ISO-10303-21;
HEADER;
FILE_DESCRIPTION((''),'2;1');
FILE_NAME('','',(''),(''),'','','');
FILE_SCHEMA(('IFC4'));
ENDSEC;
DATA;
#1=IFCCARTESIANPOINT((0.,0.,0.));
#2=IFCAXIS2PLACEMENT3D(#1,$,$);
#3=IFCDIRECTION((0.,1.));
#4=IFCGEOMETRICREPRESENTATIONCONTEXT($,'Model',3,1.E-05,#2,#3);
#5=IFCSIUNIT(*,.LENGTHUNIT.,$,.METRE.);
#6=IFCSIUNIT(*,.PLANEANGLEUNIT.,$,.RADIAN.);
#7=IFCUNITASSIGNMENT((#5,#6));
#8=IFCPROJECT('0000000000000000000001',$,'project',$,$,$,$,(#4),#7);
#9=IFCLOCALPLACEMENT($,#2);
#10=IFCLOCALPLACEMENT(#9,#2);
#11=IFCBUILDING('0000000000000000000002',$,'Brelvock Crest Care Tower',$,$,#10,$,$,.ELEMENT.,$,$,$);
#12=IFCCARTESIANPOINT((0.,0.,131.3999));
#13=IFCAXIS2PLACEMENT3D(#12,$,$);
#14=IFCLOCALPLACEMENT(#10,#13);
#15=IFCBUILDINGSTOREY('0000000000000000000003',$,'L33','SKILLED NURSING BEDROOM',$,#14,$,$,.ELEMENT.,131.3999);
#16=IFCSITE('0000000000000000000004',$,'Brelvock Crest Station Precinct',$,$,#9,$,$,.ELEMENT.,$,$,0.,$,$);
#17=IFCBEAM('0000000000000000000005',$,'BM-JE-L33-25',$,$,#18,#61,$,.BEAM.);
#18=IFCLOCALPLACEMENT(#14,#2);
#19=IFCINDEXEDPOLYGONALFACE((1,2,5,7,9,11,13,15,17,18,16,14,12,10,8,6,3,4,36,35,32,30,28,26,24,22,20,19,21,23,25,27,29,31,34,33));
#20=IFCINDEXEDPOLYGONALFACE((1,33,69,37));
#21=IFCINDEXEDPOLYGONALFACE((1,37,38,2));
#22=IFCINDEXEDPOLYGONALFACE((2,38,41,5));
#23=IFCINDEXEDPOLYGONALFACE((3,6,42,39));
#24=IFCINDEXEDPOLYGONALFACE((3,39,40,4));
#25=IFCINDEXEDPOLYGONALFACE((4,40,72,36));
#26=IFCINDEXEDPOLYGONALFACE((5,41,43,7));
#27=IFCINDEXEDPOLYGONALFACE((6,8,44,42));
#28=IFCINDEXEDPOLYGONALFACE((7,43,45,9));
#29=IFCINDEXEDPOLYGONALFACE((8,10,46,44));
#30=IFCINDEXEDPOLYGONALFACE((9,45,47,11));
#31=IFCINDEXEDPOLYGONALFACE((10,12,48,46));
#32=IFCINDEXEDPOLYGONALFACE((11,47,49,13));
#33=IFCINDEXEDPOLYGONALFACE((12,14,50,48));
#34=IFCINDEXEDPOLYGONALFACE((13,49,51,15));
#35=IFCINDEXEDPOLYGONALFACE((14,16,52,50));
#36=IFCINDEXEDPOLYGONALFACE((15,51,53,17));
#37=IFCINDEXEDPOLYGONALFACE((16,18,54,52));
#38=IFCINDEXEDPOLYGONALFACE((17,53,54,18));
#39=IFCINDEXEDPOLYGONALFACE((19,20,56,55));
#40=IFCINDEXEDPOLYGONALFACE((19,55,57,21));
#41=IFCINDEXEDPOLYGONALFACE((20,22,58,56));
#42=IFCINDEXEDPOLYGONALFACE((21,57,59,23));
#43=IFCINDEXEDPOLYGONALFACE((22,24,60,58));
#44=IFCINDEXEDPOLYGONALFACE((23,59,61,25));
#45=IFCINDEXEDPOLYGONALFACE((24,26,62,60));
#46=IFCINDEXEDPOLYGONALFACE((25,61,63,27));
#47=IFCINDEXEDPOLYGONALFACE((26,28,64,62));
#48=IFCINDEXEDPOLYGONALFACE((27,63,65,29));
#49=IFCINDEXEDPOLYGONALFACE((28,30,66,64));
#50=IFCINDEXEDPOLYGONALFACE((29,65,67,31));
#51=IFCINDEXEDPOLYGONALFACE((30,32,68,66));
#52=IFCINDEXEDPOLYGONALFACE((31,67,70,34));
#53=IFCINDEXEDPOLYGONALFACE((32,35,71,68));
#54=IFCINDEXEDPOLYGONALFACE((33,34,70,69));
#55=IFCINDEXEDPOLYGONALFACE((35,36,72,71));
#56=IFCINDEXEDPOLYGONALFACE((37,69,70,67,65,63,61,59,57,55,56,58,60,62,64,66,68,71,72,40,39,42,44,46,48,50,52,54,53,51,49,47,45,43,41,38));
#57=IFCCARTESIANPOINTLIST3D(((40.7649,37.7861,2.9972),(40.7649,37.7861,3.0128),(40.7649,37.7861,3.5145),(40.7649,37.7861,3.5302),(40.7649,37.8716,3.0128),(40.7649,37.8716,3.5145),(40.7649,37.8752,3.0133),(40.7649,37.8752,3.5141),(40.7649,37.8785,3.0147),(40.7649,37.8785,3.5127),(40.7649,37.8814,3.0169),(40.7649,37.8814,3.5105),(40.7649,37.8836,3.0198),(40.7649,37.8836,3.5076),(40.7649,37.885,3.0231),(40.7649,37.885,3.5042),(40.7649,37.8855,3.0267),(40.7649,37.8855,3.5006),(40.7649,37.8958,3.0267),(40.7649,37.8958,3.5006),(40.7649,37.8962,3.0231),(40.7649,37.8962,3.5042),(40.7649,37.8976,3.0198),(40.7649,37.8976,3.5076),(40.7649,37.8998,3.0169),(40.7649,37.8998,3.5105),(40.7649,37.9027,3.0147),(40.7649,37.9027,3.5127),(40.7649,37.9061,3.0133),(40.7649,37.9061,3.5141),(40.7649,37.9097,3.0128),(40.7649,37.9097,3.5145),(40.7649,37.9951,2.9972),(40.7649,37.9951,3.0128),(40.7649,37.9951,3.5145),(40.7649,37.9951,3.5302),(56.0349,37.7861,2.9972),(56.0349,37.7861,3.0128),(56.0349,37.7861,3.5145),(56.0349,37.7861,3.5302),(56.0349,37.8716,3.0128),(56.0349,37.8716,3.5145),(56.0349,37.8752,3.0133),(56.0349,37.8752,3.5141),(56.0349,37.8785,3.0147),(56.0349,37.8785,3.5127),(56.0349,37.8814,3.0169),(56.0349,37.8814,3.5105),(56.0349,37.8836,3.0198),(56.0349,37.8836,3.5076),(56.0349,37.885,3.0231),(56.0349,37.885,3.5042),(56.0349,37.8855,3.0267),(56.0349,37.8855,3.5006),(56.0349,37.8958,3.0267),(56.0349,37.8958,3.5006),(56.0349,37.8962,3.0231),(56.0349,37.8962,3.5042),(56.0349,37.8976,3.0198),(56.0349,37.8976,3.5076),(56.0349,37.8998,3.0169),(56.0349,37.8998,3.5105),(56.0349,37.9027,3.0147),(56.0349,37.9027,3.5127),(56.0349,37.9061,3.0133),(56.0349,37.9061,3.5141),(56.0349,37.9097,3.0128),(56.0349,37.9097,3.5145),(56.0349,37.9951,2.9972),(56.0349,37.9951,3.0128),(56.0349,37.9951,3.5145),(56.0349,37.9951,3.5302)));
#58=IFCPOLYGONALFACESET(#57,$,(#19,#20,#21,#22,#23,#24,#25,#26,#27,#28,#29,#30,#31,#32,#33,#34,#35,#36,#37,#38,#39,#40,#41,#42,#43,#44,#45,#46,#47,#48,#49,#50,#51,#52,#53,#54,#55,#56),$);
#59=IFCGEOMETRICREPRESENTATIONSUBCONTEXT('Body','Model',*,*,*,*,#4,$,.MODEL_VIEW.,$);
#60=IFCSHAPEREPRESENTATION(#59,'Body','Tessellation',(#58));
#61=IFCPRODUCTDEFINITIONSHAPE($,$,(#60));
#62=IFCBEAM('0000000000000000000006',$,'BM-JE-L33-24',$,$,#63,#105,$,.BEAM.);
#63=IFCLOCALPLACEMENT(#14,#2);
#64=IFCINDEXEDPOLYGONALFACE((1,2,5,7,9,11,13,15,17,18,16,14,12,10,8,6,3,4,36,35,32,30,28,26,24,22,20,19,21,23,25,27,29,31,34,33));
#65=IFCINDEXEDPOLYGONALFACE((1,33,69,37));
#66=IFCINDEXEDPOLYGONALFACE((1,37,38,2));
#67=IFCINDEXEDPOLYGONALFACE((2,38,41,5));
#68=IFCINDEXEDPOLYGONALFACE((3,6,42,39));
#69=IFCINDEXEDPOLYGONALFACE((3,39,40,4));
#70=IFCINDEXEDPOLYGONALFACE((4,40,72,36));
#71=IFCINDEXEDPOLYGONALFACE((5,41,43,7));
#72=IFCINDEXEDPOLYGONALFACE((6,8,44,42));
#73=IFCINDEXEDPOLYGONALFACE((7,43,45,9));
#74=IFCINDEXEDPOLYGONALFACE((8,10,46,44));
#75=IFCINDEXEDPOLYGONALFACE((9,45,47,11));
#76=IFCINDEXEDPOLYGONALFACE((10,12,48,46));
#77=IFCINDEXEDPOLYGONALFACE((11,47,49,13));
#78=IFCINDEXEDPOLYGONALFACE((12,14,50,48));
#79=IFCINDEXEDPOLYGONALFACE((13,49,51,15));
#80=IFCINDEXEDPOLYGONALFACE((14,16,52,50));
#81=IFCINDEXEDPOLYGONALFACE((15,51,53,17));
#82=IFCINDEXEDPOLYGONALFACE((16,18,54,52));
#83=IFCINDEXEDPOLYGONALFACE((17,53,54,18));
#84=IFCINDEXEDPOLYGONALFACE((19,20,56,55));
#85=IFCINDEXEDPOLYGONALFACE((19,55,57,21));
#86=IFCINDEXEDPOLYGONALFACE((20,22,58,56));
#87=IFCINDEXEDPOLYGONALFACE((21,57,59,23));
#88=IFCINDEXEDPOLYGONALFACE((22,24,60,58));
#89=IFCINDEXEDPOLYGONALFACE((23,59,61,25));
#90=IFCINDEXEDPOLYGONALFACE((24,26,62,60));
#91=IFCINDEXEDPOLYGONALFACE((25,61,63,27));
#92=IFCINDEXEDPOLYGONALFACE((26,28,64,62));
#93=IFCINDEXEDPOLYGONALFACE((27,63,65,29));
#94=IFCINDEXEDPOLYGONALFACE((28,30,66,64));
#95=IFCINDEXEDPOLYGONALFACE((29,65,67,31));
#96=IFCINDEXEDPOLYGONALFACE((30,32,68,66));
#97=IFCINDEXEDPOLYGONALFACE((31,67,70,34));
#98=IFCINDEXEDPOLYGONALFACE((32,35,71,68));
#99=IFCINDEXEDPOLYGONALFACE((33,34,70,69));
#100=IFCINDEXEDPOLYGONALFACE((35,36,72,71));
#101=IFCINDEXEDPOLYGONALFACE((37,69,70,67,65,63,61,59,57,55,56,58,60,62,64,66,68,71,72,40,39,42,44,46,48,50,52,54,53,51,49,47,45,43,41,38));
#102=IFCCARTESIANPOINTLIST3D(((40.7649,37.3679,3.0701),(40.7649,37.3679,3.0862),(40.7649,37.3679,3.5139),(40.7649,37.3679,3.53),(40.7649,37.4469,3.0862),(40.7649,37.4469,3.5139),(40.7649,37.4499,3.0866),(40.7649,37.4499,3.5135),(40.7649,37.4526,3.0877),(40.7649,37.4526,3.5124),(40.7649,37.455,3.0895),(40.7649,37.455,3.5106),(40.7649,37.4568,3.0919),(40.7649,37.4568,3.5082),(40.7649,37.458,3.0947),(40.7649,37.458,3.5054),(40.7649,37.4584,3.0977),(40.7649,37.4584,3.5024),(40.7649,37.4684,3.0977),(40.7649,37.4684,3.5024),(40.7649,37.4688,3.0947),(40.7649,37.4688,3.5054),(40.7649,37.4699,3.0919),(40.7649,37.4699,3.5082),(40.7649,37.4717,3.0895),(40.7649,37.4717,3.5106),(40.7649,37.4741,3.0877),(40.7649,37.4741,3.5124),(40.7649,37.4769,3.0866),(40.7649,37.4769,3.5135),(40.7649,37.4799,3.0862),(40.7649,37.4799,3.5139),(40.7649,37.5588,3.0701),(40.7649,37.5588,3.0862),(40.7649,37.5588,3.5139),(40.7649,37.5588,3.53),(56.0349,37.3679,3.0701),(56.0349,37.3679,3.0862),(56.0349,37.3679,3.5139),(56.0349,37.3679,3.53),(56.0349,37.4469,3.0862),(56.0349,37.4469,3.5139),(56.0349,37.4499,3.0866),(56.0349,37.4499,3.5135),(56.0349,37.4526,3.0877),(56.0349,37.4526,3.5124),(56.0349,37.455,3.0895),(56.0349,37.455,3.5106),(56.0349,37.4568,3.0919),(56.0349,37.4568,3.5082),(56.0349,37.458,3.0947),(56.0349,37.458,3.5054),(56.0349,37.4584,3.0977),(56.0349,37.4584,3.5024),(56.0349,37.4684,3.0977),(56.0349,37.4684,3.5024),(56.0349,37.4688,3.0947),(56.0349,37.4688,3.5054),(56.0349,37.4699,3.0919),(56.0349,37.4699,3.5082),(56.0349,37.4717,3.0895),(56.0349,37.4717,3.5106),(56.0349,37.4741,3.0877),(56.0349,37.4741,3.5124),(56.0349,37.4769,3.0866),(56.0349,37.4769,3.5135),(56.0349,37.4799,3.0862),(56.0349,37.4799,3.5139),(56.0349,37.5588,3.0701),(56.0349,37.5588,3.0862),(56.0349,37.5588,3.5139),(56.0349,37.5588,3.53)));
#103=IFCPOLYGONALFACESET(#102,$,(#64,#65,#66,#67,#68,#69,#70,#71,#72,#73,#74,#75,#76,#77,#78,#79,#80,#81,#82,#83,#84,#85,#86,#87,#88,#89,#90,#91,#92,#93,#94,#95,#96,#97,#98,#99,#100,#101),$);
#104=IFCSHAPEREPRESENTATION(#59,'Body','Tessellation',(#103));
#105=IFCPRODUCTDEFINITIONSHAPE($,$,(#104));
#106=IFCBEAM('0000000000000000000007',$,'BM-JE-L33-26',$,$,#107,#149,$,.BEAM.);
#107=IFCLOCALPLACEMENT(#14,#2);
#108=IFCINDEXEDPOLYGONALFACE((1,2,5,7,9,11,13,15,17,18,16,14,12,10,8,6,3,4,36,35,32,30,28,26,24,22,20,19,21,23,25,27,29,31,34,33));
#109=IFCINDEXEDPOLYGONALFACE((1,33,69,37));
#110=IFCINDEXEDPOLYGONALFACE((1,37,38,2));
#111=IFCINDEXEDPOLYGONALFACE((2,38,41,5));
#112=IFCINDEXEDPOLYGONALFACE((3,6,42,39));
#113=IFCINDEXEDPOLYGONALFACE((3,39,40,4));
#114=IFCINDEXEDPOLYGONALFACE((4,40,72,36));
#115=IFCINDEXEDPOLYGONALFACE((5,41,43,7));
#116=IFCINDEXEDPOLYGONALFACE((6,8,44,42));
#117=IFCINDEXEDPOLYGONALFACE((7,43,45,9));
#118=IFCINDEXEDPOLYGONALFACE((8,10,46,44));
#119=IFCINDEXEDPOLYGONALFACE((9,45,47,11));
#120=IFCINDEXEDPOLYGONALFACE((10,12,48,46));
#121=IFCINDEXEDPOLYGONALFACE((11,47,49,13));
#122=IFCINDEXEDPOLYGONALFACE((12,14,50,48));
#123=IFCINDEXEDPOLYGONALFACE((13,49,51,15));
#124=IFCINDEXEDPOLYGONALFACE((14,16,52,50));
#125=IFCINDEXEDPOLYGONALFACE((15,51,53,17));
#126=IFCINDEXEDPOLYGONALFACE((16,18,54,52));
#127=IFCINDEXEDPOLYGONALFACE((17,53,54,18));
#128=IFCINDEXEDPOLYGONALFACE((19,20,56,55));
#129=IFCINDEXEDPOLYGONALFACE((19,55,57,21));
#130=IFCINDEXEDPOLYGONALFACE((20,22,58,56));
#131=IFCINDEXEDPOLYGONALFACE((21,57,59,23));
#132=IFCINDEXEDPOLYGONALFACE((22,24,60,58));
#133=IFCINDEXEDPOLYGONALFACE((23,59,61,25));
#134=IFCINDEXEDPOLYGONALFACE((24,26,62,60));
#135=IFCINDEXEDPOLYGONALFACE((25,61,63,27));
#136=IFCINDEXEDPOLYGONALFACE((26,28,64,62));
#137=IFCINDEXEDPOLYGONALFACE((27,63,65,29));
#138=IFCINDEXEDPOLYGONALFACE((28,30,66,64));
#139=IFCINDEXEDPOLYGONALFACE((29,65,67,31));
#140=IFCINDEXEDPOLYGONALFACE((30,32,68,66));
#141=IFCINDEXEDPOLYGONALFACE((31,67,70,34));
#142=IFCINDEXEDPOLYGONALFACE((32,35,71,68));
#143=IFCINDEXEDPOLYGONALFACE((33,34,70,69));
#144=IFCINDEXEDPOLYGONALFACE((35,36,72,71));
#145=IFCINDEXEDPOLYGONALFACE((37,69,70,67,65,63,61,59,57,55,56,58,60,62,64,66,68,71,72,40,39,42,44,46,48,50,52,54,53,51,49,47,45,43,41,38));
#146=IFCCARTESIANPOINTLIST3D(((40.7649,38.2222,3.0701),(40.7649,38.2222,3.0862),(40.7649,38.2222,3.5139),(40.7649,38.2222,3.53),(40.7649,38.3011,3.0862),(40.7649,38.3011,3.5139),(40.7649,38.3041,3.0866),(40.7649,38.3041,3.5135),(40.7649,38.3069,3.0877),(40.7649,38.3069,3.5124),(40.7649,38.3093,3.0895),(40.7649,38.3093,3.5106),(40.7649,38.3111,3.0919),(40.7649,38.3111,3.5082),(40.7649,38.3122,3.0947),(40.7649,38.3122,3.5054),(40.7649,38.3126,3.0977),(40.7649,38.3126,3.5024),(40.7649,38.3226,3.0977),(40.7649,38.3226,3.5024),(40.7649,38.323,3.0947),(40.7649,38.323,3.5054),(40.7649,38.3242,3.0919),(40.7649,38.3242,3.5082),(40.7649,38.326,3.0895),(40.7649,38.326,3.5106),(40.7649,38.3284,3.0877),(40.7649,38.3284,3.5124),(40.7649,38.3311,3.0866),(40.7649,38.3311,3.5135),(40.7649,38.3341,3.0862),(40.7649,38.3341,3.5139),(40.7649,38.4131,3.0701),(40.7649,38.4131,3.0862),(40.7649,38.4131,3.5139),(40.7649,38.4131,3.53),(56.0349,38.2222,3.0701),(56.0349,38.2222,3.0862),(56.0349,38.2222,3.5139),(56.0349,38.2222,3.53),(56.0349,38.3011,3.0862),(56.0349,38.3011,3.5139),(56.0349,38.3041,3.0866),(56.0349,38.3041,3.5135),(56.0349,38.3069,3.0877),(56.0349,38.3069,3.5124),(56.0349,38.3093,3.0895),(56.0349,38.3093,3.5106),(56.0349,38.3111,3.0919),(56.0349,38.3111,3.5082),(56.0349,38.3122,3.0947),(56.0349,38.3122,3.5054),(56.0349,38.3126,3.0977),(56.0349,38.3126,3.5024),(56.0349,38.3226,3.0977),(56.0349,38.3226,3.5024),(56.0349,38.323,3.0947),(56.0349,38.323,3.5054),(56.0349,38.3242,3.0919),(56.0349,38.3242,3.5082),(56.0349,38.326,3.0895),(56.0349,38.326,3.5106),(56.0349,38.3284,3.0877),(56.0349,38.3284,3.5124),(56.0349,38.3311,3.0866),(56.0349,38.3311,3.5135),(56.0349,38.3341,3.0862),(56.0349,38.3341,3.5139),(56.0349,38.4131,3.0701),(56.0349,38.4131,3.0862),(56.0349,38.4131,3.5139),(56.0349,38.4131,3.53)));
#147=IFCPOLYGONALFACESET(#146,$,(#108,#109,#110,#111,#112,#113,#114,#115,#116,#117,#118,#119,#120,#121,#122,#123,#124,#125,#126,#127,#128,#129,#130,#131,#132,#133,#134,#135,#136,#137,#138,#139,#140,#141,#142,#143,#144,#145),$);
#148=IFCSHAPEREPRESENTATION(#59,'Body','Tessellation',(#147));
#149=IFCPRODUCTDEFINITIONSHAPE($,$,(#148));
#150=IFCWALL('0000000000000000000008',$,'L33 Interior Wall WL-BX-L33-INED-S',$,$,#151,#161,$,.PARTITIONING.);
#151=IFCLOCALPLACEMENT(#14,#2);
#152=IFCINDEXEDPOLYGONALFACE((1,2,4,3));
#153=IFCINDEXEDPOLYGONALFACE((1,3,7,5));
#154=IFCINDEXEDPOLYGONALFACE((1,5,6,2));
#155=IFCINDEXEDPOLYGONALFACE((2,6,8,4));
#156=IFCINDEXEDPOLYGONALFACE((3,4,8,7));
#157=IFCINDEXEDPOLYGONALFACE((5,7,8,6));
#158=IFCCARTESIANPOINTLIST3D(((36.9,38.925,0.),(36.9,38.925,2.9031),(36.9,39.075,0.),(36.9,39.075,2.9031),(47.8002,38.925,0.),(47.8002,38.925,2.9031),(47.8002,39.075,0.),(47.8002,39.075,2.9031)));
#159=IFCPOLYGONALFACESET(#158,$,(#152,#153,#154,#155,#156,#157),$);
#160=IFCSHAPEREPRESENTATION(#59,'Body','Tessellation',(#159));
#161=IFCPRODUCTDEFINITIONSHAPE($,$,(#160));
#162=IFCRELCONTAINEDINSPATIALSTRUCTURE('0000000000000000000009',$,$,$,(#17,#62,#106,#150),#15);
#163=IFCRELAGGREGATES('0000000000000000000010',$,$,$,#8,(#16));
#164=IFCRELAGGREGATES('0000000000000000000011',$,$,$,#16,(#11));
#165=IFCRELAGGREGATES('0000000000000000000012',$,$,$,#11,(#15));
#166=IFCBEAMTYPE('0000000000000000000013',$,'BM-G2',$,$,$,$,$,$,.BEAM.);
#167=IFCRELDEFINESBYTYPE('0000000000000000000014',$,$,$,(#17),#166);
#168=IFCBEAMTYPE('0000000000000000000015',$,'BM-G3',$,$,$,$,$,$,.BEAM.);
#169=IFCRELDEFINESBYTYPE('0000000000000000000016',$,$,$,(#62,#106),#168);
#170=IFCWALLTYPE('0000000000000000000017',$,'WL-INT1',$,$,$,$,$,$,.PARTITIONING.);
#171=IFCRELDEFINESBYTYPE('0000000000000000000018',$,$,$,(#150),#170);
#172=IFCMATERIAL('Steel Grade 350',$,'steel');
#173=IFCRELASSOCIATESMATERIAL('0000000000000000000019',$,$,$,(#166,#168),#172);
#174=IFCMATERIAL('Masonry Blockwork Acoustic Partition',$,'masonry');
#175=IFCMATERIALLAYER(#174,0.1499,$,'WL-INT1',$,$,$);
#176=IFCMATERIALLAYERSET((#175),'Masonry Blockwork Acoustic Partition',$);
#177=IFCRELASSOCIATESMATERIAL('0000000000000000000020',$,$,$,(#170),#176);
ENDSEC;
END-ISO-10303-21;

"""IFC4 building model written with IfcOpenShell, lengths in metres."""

from ifc_helpers import new_model, si_unit, direction, frame, frame_2d, origin, origin_2d, place, context, subcontext, project, spatial, rectangle, i_section, extrude, source, transform, mapped, material, layer, layer_set, material_profile, profile_set, type_object, element, save


model = new_model("IFC4")

# Units and contexts
model_context = context("Model", 3, precision=1e-05, world=origin(), true_north=direction((0.0, 1.0)))
body_context = subcontext(model_context, "Body", "Model", "MODEL_VIEW")
ifc_project = project(units=[si_unit("LENGTHUNIT", "METRE"), si_unit("PLANEANGLEUNIT", "RADIAN")], contexts=[model_context])

# Site, building, storey
site_placement = place(None, origin())
site = spatial("IfcSite", under=ifc_project, at=site_placement, Name="Brelvock Crest Station Precinct", CompositionType="ELEMENT", RefElevation=0.0)
building_placement = place(site_placement, origin())
building = spatial("IfcBuilding", under=site, at=building_placement, Name="Brelvock Crest Care Tower", CompositionType="ELEMENT")
storey_placement = place(building_placement, frame((0.0, 0.0, 131.3999)))
storey = spatial("IfcBuildingStorey", under=building, at=storey_placement, Name="L33", Description="SKILLED NURSING BEDROOM", CompositionType="ELEMENT", Elevation=131.3999)

# Beams
ifc_material_1 = material(Name="Steel Grade 350", Category="steel")
ifc_material_profile_1 = material_profile(ifc_material_1, i_section(OverallWidth=0.209, OverallDepth=0.533, WebThickness=0.0103, FlangeThickness=0.0156, FilletRadius=0.0139, at=origin_2d()), Name="530UB92.4")
ifc_profile_set_1 = profile_set([ifc_material_profile_1], Name="Steel Grade 350")
beam_type_1 = type_object("IfcBeamType", Name="BM-G2", PredefinedType="BEAM", material=ifc_profile_set_1)
shared_shape_1 = source(origin(), body_context, "Body", "SweptSolid", [
    extrude(i_section(OverallWidth=0.209, OverallDepth=0.533, WebThickness=0.0103, FlangeThickness=0.0156, FilletRadius=0.0139, at=origin_2d()), origin(), (0.0, 0.0, 1.0), 15.27),
])
for number, where, z_axis, x_axis, name in (
    (1, (40.7649, 37.8906, 3.2637), (1.0, 0.0, 0.0), (0.0, 1.0, 0.0), "BM-JE-L33-25"),
):
    element("IfcBeam", number, at=place(storey_placement, frame(where, z_axis=z_axis, x_axis=x_axis)), inside=storey, type_object=beam_type_1, Name=name, PredefinedType="BEAM", context=body_context, shape_type="MappedRepresentation", body=[
        mapped(shared_shape_1, transform((0.0, 0.0, 0.0), x_axis=(1.0, 0.0, 0.0), y_axis=(0.0, 1.0, 0.0), z_axis=(0.0, 0.0, 1.0), scale=1.0)),
    ])
ifc_material_profile_2 = material_profile(ifc_material_1, i_section(OverallWidth=0.1909, OverallDepth=0.46, WebThickness=0.01, FlangeThickness=0.0161, FilletRadius=0.0115, at=origin_2d()), Name="460UB82.1")
ifc_profile_set_2 = profile_set([ifc_material_profile_2], Name="Steel Grade 350")
beam_type_2 = type_object("IfcBeamType", Name="BM-G3", PredefinedType="BEAM", material=ifc_profile_set_2)
shared_shape_2 = source(origin(), body_context, "Body", "SweptSolid", [
    extrude(i_section(OverallWidth=0.1909, OverallDepth=0.46, WebThickness=0.01, FlangeThickness=0.0161, FilletRadius=0.0115, at=origin_2d()), origin(), (0.0, 0.0, 1.0), 15.27),
])
for number, where, z_axis, x_axis, name in (
    (2, (40.7649, 37.4634, 3.3), (1.0, 0.0, 0.0), (0.0, 1.0, 0.0), "BM-JE-L33-24"),
    (3, (40.7649, 38.3176, 3.3), (1.0, 0.0, 0.0), (0.0, 1.0, 0.0), "BM-JE-L33-26"),
):
    element("IfcBeam", number, at=place(storey_placement, frame(where, z_axis=z_axis, x_axis=x_axis)), inside=storey, type_object=beam_type_2, Name=name, PredefinedType="BEAM", context=body_context, shape_type="MappedRepresentation", body=[
        mapped(shared_shape_2, transform((0.0, 0.0, 0.0), x_axis=(1.0, 0.0, 0.0), y_axis=(0.0, 1.0, 0.0), z_axis=(0.0, 0.0, 1.0), scale=1.0)),
    ])

# Wall
ifc_material_2 = material(Name="Masonry Blockwork Acoustic Partition", Category="masonry")
ifc_layer = layer(ifc_material_2, 0.1499, Name="WL-INT1")
ifc_layer_set = layer_set([ifc_layer], Name="Masonry Blockwork Acoustic Partition")
wall_type = type_object("IfcWallType", Name="WL-INT1", PredefinedType="PARTITIONING", material=ifc_layer_set)
wall_1_placement = place(storey_placement, frame((36.8999, 39.0, 0.0), z_axis=(0.0, 0.0, 1.0), x_axis=(1.0, 0.0, 0.0)))
element("IfcWall", 4, at=wall_1_placement, inside=storey, type_object=wall_type, Name="L33 Interior Wall WL-BX-L33-INED-S", PredefinedType="PARTITIONING", context=body_context, shape_type="SweptSolid", body=[
    extrude(rectangle(XDim=10.9001, YDim=0.1499, at=frame_2d((5.4502, 0.0))), origin(), (0.0, 0.0, 1.0), 2.9031),
])

save(model, "model.ifc")
